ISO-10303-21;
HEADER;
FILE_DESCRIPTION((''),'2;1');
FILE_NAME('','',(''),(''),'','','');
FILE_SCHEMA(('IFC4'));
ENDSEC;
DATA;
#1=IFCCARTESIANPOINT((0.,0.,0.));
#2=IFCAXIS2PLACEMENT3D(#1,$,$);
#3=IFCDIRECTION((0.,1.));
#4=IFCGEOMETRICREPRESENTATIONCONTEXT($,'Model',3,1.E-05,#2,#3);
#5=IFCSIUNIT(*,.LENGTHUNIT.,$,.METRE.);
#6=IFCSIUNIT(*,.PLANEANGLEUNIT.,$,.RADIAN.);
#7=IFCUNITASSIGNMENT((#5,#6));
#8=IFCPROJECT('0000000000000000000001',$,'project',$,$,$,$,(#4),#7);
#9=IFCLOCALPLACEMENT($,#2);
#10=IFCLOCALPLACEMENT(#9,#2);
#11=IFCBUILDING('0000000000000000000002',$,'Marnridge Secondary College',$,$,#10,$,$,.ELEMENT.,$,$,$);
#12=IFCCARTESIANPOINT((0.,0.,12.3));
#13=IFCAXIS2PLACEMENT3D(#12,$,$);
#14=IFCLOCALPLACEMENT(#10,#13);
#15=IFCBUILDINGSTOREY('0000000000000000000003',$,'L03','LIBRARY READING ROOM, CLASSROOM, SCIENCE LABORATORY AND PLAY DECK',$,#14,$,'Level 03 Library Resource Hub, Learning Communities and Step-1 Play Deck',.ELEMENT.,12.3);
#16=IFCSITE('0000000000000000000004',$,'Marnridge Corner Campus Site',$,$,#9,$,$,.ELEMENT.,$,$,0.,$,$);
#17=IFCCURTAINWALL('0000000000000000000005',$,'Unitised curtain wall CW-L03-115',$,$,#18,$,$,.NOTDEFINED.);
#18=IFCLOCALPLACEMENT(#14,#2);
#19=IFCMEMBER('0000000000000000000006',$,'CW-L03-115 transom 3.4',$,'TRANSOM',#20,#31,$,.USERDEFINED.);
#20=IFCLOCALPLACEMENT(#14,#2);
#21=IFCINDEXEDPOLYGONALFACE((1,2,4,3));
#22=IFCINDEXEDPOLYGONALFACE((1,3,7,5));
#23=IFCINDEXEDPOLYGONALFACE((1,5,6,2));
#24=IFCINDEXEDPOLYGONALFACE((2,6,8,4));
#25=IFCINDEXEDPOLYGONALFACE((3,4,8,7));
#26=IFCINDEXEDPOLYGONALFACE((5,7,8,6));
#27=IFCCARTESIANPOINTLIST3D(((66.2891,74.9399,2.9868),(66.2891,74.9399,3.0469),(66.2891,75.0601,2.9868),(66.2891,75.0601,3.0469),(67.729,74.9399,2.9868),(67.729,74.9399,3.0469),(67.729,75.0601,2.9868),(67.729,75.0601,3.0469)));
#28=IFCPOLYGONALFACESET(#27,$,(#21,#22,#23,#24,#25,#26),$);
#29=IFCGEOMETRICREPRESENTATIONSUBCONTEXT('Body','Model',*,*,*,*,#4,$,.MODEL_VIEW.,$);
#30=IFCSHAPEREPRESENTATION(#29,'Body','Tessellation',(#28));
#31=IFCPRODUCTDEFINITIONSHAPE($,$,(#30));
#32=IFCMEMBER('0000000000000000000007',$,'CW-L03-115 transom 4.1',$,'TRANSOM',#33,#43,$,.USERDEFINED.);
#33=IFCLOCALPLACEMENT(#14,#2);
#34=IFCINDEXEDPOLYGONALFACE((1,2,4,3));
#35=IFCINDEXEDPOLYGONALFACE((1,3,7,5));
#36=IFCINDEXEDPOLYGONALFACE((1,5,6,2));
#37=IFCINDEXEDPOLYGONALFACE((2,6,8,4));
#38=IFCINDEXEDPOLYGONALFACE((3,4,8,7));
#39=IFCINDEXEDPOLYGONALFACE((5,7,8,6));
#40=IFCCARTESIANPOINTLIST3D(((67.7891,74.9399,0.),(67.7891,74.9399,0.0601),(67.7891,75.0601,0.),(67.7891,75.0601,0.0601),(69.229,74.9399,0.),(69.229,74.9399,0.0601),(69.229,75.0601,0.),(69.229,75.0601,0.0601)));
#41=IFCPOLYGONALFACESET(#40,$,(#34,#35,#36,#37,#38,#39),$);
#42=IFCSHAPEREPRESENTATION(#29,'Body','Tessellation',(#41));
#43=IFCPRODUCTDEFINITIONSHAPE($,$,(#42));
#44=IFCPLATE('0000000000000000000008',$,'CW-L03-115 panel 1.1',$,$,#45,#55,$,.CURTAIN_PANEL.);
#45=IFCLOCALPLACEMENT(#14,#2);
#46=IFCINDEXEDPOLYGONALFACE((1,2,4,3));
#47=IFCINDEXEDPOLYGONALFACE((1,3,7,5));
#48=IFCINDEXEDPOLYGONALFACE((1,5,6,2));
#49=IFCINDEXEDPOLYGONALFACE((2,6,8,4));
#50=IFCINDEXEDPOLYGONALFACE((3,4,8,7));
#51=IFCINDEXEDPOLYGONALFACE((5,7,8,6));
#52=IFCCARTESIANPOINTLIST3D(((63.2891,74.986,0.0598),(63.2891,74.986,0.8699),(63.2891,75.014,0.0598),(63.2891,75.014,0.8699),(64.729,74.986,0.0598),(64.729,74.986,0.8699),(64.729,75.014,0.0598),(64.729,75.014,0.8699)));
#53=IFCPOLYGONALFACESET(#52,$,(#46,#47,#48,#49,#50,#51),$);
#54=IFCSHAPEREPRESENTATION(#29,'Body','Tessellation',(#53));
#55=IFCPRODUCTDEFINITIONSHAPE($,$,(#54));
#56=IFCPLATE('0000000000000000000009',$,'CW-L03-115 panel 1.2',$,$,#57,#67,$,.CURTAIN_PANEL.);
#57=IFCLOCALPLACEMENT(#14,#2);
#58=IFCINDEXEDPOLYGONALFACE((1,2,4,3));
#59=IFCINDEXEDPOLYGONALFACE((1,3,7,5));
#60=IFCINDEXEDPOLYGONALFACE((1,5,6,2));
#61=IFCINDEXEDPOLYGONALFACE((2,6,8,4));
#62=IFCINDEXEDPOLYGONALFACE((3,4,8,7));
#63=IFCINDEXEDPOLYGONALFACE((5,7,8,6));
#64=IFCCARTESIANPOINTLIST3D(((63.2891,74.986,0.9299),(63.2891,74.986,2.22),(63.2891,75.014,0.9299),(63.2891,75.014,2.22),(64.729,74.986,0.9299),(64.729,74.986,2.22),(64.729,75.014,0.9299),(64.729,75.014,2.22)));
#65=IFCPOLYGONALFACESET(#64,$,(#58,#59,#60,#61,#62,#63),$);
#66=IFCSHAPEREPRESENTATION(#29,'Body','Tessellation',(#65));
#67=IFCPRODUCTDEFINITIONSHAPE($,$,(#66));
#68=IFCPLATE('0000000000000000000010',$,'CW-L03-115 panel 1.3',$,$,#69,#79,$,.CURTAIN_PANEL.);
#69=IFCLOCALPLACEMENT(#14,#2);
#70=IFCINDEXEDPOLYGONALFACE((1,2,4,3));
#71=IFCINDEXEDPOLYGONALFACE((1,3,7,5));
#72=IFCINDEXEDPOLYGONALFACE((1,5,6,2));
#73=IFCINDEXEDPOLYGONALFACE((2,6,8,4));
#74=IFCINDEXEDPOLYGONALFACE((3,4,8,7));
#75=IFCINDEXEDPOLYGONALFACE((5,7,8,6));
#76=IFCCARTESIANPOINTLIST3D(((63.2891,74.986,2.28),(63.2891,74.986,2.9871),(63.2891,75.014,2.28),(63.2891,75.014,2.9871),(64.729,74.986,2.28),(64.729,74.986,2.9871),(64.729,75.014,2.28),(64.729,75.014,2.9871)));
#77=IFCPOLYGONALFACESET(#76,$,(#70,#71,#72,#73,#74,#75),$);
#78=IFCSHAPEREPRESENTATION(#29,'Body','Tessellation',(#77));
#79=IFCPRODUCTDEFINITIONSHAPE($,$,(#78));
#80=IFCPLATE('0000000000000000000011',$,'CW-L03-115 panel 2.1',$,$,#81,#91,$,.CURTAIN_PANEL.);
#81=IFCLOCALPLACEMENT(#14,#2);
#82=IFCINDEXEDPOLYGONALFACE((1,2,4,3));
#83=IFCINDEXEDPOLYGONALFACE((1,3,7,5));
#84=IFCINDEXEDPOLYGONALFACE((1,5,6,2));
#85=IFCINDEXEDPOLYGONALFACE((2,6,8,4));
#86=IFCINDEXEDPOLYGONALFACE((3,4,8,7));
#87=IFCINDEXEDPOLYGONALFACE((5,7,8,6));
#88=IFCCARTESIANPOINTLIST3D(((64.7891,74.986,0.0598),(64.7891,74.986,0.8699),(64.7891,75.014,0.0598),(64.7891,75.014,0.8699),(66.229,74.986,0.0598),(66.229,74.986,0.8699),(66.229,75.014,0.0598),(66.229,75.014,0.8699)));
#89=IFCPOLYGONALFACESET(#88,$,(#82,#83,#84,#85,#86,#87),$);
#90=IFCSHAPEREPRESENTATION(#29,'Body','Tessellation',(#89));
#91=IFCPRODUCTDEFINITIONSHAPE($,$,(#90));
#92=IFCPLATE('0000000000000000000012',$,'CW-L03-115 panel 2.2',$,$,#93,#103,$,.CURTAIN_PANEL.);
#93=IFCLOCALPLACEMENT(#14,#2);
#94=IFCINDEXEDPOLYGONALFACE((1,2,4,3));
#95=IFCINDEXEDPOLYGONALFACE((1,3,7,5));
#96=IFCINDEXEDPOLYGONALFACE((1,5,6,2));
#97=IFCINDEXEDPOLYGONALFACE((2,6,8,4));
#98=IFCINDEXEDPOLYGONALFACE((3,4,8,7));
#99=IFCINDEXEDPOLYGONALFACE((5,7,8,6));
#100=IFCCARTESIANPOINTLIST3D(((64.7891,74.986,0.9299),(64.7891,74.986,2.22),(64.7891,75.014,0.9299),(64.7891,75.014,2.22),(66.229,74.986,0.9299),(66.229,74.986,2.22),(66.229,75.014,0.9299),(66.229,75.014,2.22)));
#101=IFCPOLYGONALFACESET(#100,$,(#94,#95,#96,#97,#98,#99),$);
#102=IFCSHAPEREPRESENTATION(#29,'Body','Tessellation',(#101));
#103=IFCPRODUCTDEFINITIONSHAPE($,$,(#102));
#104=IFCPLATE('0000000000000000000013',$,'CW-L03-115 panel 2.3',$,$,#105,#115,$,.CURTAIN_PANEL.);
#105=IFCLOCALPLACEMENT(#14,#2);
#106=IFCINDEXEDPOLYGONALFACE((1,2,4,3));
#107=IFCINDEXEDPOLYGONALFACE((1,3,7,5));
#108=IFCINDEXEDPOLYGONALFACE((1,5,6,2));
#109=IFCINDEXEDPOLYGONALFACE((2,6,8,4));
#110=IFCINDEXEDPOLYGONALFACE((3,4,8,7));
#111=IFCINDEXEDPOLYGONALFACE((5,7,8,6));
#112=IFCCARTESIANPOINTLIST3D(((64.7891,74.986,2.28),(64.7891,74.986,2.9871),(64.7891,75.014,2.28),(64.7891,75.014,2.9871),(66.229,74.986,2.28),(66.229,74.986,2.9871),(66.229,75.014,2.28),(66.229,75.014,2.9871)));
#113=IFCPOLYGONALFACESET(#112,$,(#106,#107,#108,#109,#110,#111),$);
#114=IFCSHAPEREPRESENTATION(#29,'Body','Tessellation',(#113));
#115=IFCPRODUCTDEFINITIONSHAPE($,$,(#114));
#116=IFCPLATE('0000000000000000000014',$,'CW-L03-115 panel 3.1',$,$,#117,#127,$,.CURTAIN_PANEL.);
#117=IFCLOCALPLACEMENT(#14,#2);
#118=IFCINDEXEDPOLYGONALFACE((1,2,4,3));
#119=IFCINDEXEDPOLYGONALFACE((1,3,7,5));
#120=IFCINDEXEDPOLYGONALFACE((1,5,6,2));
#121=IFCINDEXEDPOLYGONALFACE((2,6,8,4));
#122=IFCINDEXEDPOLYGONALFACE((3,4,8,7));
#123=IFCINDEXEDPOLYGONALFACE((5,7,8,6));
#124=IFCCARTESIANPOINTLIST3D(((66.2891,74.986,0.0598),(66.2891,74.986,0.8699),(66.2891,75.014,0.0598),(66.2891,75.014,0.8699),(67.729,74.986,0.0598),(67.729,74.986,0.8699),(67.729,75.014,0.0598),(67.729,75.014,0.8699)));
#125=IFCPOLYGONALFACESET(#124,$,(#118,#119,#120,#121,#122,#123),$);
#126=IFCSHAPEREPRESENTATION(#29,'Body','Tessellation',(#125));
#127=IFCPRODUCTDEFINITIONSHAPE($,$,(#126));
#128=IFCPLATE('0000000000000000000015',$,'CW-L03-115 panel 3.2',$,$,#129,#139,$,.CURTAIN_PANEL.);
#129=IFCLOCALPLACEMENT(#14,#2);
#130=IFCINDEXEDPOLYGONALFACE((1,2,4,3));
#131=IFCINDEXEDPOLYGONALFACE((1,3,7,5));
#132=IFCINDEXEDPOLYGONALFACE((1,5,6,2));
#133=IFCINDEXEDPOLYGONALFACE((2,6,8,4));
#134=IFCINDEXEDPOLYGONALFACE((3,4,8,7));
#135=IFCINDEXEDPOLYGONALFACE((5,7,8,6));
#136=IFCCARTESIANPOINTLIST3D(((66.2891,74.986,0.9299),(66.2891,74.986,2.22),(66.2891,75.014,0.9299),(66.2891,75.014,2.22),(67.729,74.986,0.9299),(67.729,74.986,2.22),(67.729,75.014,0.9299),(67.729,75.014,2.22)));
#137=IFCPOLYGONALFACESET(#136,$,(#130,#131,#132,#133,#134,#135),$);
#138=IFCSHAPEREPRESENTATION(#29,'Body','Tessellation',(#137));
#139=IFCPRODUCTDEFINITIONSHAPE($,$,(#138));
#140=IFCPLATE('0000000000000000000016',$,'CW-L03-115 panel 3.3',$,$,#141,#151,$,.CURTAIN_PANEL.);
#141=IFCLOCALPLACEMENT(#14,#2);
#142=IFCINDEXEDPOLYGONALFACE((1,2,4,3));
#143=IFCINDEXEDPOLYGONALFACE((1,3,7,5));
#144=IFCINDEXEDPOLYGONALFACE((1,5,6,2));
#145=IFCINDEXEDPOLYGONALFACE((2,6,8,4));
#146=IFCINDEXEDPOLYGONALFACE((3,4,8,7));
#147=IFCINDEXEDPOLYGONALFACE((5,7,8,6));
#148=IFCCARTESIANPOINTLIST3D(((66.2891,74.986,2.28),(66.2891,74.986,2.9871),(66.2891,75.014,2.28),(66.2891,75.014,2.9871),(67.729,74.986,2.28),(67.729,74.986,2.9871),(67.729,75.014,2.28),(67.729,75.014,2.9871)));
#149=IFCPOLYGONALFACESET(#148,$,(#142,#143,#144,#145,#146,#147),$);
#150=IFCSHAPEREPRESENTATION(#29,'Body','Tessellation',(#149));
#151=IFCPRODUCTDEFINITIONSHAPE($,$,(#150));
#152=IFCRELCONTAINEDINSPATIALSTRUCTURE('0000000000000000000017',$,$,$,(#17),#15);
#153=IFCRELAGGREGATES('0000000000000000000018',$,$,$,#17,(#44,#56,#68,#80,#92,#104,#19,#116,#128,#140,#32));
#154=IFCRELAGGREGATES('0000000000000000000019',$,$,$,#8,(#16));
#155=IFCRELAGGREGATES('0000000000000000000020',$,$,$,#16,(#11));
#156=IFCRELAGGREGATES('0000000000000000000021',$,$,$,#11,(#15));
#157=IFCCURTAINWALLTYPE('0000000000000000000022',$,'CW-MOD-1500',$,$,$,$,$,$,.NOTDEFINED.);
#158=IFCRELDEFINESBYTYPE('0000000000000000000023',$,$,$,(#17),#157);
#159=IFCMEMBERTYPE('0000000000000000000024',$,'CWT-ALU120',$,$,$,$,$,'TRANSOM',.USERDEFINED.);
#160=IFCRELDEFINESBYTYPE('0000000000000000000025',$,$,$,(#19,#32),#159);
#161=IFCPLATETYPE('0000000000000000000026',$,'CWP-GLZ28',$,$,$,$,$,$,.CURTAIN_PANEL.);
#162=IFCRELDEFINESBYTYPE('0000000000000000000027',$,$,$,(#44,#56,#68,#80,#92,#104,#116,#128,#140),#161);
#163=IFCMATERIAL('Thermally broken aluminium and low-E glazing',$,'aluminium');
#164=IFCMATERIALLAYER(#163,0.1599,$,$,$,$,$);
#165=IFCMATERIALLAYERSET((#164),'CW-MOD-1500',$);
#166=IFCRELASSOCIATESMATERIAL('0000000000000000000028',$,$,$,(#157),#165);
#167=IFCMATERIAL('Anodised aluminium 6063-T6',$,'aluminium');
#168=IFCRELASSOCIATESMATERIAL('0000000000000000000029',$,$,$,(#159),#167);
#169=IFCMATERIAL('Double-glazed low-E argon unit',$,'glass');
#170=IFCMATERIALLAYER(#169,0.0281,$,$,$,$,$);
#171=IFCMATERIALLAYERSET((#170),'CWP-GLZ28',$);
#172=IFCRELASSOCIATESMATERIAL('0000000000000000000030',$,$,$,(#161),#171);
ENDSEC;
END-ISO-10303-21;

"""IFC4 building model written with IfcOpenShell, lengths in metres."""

from ifc_helpers import new_model, si_unit, direction, frame, origin, origin_2d, place, context, subcontext, project, spatial, rectangle, extrude, material, layer, layer_set, material_profile, profile_set, type_object, element, aggregate, save


model = new_model("IFC4")

# Units and contexts
model_context = context("Model", 3, precision=1e-05, world=origin(), true_north=direction((0.0, 1.0)))
body_context = subcontext(model_context, "Body", "Model", "MODEL_VIEW")
ifc_project = project(units=[si_unit("LENGTHUNIT", "METRE"), si_unit("PLANEANGLEUNIT", "RADIAN")], contexts=[model_context])

# Site, building, storey
site_placement = place(None, origin())
site = spatial("IfcSite", under=ifc_project, at=site_placement, Name="Marnridge Corner Campus Site", CompositionType="ELEMENT", RefElevation=0.0)
building_placement = place(site_placement, origin())
building = spatial("IfcBuilding", under=site, at=building_placement, Name="Marnridge Secondary College", CompositionType="ELEMENT")
storey_placement = place(building_placement, frame((0.0, 0.0, 12.3)))
storey = spatial("IfcBuildingStorey", under=building, at=storey_placement, Name="L03", Description="LIBRARY READING ROOM, CLASSROOM, SCIENCE LABORATORY AND PLAY DECK", LongName="Level 03 Library Resource Hub, Learning Communities and Step-1 Play Deck", CompositionType="ELEMENT", Elevation=12.3)

# Curtain wall, members, plates
ifc_material_1 = material(Name="Thermally broken aluminium and low-E glazing", Category="aluminium")
ifc_layer_1 = layer(ifc_material_1, 0.1599)
ifc_layer_set_1 = layer_set([ifc_layer_1], Name="CW-MOD-1500")
curtain_wall_type = type_object("IfcCurtainWallType", Name="CW-MOD-1500", PredefinedType="NOTDEFINED", material=ifc_layer_set_1)
curtain_wall_placement = place(storey_placement, origin())
curtain_wall = element("IfcCurtainWall", 1, at=curtain_wall_placement, inside=storey, type_object=curtain_wall_type, Name="Unitised curtain wall CW-L03-115", PredefinedType="NOTDEFINED")
ifc_material_2 = material(Name="Anodised aluminium 6063-T6", Category="aluminium")
ifc_material_profile_1 = material_profile(ifc_material_2, rectangle(XDim=0.0601, YDim=0.1201, at=origin_2d()), Name="ALU 60x120")
ifc_profile_set_1 = profile_set([ifc_material_profile_1], Name="Anodised aluminium 6063-T6")
member_type_1 = type_object("IfcMemberType", Name="CWT-ALU120", ElementType="TRANSOM", PredefinedType="USERDEFINED", material=ifc_profile_set_1)
member_1_placement = place(storey_placement, frame((66.2891, 75.0, 3.0168), z_axis=(1.0, 0.0, 0.0), x_axis=(0.0, 0.0, 1.0)))
member_1 = element("IfcMember", 2, at=member_1_placement, type_object=member_type_1, Name="CW-L03-115 transom 3.4", ObjectType="TRANSOM", PredefinedType="USERDEFINED", context=body_context, shape_type="SweptSolid", body=[
    extrude(rectangle(XDim=0.0601, YDim=0.1201, at=origin_2d()), origin(), (0.0, 0.0, 1.0), 1.4399),
])
member_2_placement = place(storey_placement, frame((67.7891, 75.0, 0.03), z_axis=(1.0, 0.0, 0.0), x_axis=(0.0, 0.0, 1.0)))
member_2 = element("IfcMember", 3, at=member_2_placement, type_object=member_type_1, Name="CW-L03-115 transom 4.1", ObjectType="TRANSOM", PredefinedType="USERDEFINED", context=body_context, shape_type="SweptSolid", body=[
    extrude(rectangle(XDim=0.0601, YDim=0.1201, at=origin_2d()), origin(), (0.0, 0.0, 1.0), 1.4399),
])
ifc_material_3 = material(Name="Double-glazed low-E argon unit", Category="glass")
ifc_layer_2 = layer(ifc_material_3, 0.0281)
ifc_layer_set_2 = layer_set([ifc_layer_2], Name="CWP-GLZ28")
plate_type = type_object("IfcPlateType", Name="CWP-GLZ28", PredefinedType="CURTAIN_PANEL", material=ifc_layer_set_2)
plate_1_placement = place(storey_placement, frame((64.009, 75.0, 0.0598), z_axis=(0.0, 0.0, 1.0), x_axis=(1.0, 0.0, 0.0)))
plate_1 = element("IfcPlate", 4, at=plate_1_placement, type_object=plate_type, Name="CW-L03-115 panel 1.1", PredefinedType="CURTAIN_PANEL", context=body_context, shape_type="SweptSolid", body=[
    extrude(rectangle(XDim=1.4399, YDim=0.0281, at=origin_2d()), origin(), (0.0, 0.0, 1.0), 0.8101),
])
plate_2_placement = place(storey_placement, frame((64.009, 75.0, 0.9299), z_axis=(0.0, 0.0, 1.0), x_axis=(1.0, 0.0, 0.0)))
plate_2 = element("IfcPlate", 5, at=plate_2_placement, type_object=plate_type, Name="CW-L03-115 panel 1.2", PredefinedType="CURTAIN_PANEL", context=body_context, shape_type="SweptSolid", body=[
    extrude(rectangle(XDim=1.4399, YDim=0.0281, at=origin_2d()), origin(), (0.0, 0.0, 1.0), 1.29),
])
plate_3_placement = place(storey_placement, frame((64.009, 75.0, 2.28), z_axis=(0.0, 0.0, 1.0), x_axis=(1.0, 0.0, 0.0)))
plate_3 = element("IfcPlate", 6, at=plate_3_placement, type_object=plate_type, Name="CW-L03-115 panel 1.3", PredefinedType="CURTAIN_PANEL", context=body_context, shape_type="SweptSolid", body=[
    extrude(rectangle(XDim=1.4399, YDim=0.0281, at=origin_2d()), origin(), (0.0, 0.0, 1.0), 0.707),
])
plate_4_placement = place(storey_placement, frame((65.509, 75.0, 0.0598), z_axis=(0.0, 0.0, 1.0), x_axis=(1.0, 0.0, 0.0)))
plate_4 = element("IfcPlate", 7, at=plate_4_placement, type_object=plate_type, Name="CW-L03-115 panel 2.1", PredefinedType="CURTAIN_PANEL", context=body_context, shape_type="SweptSolid", body=[
    extrude(rectangle(XDim=1.4399, YDim=0.0281, at=origin_2d()), origin(), (0.0, 0.0, 1.0), 0.8101),
])
plate_5_placement = place(storey_placement, frame((65.509, 75.0, 0.9299), z_axis=(0.0, 0.0, 1.0), x_axis=(1.0, 0.0, 0.0)))
plate_5 = element("IfcPlate", 8, at=plate_5_placement, type_object=plate_type, Name="CW-L03-115 panel 2.2", PredefinedType="CURTAIN_PANEL", context=body_context, shape_type="SweptSolid", body=[
    extrude(rectangle(XDim=1.4399, YDim=0.0281, at=origin_2d()), origin(), (0.0, 0.0, 1.0), 1.29),
])
plate_6_placement = place(storey_placement, frame((65.509, 75.0, 2.28), z_axis=(0.0, 0.0, 1.0), x_axis=(1.0, 0.0, 0.0)))
plate_6 = element("IfcPlate", 9, at=plate_6_placement, type_object=plate_type, Name="CW-L03-115 panel 2.3", PredefinedType="CURTAIN_PANEL", context=body_context, shape_type="SweptSolid", body=[
    extrude(rectangle(XDim=1.4399, YDim=0.0281, at=origin_2d()), origin(), (0.0, 0.0, 1.0), 0.707),
])
plate_7_placement = place(storey_placement, frame((67.009, 75.0, 0.0598), z_axis=(0.0, 0.0, 1.0), x_axis=(1.0, 0.0, 0.0)))
plate_7 = element("IfcPlate", 10, at=plate_7_placement, type_object=plate_type, Name="CW-L03-115 panel 3.1", PredefinedType="CURTAIN_PANEL", context=body_context, shape_type="SweptSolid", body=[
    extrude(rectangle(XDim=1.4399, YDim=0.0281, at=origin_2d()), origin(), (0.0, 0.0, 1.0), 0.8101),
])
plate_8_placement = place(storey_placement, frame((67.009, 75.0, 0.9299), z_axis=(0.0, 0.0, 1.0), x_axis=(1.0, 0.0, 0.0)))
plate_8 = element("IfcPlate", 11, at=plate_8_placement, type_object=plate_type, Name="CW-L03-115 panel 3.2", PredefinedType="CURTAIN_PANEL", context=body_context, shape_type="SweptSolid", body=[
    extrude(rectangle(XDim=1.4399, YDim=0.0281, at=origin_2d()), origin(), (0.0, 0.0, 1.0), 1.29),
])
plate_9_placement = place(storey_placement, frame((67.009, 75.0, 2.28), z_axis=(0.0, 0.0, 1.0), x_axis=(1.0, 0.0, 0.0)))
plate_9 = element("IfcPlate", 12, at=plate_9_placement, type_object=plate_type, Name="CW-L03-115 panel 3.3", PredefinedType="CURTAIN_PANEL", context=body_context, shape_type="SweptSolid", body=[
    extrude(rectangle(XDim=1.4399, YDim=0.0281, at=origin_2d()), origin(), (0.0, 0.0, 1.0), 0.707),
])
aggregate(curtain_wall, [plate_1, plate_2, plate_3, plate_4, plate_5, plate_6, member_1, plate_7, plate_8, plate_9, member_2])

save(model, "model.ifc")
